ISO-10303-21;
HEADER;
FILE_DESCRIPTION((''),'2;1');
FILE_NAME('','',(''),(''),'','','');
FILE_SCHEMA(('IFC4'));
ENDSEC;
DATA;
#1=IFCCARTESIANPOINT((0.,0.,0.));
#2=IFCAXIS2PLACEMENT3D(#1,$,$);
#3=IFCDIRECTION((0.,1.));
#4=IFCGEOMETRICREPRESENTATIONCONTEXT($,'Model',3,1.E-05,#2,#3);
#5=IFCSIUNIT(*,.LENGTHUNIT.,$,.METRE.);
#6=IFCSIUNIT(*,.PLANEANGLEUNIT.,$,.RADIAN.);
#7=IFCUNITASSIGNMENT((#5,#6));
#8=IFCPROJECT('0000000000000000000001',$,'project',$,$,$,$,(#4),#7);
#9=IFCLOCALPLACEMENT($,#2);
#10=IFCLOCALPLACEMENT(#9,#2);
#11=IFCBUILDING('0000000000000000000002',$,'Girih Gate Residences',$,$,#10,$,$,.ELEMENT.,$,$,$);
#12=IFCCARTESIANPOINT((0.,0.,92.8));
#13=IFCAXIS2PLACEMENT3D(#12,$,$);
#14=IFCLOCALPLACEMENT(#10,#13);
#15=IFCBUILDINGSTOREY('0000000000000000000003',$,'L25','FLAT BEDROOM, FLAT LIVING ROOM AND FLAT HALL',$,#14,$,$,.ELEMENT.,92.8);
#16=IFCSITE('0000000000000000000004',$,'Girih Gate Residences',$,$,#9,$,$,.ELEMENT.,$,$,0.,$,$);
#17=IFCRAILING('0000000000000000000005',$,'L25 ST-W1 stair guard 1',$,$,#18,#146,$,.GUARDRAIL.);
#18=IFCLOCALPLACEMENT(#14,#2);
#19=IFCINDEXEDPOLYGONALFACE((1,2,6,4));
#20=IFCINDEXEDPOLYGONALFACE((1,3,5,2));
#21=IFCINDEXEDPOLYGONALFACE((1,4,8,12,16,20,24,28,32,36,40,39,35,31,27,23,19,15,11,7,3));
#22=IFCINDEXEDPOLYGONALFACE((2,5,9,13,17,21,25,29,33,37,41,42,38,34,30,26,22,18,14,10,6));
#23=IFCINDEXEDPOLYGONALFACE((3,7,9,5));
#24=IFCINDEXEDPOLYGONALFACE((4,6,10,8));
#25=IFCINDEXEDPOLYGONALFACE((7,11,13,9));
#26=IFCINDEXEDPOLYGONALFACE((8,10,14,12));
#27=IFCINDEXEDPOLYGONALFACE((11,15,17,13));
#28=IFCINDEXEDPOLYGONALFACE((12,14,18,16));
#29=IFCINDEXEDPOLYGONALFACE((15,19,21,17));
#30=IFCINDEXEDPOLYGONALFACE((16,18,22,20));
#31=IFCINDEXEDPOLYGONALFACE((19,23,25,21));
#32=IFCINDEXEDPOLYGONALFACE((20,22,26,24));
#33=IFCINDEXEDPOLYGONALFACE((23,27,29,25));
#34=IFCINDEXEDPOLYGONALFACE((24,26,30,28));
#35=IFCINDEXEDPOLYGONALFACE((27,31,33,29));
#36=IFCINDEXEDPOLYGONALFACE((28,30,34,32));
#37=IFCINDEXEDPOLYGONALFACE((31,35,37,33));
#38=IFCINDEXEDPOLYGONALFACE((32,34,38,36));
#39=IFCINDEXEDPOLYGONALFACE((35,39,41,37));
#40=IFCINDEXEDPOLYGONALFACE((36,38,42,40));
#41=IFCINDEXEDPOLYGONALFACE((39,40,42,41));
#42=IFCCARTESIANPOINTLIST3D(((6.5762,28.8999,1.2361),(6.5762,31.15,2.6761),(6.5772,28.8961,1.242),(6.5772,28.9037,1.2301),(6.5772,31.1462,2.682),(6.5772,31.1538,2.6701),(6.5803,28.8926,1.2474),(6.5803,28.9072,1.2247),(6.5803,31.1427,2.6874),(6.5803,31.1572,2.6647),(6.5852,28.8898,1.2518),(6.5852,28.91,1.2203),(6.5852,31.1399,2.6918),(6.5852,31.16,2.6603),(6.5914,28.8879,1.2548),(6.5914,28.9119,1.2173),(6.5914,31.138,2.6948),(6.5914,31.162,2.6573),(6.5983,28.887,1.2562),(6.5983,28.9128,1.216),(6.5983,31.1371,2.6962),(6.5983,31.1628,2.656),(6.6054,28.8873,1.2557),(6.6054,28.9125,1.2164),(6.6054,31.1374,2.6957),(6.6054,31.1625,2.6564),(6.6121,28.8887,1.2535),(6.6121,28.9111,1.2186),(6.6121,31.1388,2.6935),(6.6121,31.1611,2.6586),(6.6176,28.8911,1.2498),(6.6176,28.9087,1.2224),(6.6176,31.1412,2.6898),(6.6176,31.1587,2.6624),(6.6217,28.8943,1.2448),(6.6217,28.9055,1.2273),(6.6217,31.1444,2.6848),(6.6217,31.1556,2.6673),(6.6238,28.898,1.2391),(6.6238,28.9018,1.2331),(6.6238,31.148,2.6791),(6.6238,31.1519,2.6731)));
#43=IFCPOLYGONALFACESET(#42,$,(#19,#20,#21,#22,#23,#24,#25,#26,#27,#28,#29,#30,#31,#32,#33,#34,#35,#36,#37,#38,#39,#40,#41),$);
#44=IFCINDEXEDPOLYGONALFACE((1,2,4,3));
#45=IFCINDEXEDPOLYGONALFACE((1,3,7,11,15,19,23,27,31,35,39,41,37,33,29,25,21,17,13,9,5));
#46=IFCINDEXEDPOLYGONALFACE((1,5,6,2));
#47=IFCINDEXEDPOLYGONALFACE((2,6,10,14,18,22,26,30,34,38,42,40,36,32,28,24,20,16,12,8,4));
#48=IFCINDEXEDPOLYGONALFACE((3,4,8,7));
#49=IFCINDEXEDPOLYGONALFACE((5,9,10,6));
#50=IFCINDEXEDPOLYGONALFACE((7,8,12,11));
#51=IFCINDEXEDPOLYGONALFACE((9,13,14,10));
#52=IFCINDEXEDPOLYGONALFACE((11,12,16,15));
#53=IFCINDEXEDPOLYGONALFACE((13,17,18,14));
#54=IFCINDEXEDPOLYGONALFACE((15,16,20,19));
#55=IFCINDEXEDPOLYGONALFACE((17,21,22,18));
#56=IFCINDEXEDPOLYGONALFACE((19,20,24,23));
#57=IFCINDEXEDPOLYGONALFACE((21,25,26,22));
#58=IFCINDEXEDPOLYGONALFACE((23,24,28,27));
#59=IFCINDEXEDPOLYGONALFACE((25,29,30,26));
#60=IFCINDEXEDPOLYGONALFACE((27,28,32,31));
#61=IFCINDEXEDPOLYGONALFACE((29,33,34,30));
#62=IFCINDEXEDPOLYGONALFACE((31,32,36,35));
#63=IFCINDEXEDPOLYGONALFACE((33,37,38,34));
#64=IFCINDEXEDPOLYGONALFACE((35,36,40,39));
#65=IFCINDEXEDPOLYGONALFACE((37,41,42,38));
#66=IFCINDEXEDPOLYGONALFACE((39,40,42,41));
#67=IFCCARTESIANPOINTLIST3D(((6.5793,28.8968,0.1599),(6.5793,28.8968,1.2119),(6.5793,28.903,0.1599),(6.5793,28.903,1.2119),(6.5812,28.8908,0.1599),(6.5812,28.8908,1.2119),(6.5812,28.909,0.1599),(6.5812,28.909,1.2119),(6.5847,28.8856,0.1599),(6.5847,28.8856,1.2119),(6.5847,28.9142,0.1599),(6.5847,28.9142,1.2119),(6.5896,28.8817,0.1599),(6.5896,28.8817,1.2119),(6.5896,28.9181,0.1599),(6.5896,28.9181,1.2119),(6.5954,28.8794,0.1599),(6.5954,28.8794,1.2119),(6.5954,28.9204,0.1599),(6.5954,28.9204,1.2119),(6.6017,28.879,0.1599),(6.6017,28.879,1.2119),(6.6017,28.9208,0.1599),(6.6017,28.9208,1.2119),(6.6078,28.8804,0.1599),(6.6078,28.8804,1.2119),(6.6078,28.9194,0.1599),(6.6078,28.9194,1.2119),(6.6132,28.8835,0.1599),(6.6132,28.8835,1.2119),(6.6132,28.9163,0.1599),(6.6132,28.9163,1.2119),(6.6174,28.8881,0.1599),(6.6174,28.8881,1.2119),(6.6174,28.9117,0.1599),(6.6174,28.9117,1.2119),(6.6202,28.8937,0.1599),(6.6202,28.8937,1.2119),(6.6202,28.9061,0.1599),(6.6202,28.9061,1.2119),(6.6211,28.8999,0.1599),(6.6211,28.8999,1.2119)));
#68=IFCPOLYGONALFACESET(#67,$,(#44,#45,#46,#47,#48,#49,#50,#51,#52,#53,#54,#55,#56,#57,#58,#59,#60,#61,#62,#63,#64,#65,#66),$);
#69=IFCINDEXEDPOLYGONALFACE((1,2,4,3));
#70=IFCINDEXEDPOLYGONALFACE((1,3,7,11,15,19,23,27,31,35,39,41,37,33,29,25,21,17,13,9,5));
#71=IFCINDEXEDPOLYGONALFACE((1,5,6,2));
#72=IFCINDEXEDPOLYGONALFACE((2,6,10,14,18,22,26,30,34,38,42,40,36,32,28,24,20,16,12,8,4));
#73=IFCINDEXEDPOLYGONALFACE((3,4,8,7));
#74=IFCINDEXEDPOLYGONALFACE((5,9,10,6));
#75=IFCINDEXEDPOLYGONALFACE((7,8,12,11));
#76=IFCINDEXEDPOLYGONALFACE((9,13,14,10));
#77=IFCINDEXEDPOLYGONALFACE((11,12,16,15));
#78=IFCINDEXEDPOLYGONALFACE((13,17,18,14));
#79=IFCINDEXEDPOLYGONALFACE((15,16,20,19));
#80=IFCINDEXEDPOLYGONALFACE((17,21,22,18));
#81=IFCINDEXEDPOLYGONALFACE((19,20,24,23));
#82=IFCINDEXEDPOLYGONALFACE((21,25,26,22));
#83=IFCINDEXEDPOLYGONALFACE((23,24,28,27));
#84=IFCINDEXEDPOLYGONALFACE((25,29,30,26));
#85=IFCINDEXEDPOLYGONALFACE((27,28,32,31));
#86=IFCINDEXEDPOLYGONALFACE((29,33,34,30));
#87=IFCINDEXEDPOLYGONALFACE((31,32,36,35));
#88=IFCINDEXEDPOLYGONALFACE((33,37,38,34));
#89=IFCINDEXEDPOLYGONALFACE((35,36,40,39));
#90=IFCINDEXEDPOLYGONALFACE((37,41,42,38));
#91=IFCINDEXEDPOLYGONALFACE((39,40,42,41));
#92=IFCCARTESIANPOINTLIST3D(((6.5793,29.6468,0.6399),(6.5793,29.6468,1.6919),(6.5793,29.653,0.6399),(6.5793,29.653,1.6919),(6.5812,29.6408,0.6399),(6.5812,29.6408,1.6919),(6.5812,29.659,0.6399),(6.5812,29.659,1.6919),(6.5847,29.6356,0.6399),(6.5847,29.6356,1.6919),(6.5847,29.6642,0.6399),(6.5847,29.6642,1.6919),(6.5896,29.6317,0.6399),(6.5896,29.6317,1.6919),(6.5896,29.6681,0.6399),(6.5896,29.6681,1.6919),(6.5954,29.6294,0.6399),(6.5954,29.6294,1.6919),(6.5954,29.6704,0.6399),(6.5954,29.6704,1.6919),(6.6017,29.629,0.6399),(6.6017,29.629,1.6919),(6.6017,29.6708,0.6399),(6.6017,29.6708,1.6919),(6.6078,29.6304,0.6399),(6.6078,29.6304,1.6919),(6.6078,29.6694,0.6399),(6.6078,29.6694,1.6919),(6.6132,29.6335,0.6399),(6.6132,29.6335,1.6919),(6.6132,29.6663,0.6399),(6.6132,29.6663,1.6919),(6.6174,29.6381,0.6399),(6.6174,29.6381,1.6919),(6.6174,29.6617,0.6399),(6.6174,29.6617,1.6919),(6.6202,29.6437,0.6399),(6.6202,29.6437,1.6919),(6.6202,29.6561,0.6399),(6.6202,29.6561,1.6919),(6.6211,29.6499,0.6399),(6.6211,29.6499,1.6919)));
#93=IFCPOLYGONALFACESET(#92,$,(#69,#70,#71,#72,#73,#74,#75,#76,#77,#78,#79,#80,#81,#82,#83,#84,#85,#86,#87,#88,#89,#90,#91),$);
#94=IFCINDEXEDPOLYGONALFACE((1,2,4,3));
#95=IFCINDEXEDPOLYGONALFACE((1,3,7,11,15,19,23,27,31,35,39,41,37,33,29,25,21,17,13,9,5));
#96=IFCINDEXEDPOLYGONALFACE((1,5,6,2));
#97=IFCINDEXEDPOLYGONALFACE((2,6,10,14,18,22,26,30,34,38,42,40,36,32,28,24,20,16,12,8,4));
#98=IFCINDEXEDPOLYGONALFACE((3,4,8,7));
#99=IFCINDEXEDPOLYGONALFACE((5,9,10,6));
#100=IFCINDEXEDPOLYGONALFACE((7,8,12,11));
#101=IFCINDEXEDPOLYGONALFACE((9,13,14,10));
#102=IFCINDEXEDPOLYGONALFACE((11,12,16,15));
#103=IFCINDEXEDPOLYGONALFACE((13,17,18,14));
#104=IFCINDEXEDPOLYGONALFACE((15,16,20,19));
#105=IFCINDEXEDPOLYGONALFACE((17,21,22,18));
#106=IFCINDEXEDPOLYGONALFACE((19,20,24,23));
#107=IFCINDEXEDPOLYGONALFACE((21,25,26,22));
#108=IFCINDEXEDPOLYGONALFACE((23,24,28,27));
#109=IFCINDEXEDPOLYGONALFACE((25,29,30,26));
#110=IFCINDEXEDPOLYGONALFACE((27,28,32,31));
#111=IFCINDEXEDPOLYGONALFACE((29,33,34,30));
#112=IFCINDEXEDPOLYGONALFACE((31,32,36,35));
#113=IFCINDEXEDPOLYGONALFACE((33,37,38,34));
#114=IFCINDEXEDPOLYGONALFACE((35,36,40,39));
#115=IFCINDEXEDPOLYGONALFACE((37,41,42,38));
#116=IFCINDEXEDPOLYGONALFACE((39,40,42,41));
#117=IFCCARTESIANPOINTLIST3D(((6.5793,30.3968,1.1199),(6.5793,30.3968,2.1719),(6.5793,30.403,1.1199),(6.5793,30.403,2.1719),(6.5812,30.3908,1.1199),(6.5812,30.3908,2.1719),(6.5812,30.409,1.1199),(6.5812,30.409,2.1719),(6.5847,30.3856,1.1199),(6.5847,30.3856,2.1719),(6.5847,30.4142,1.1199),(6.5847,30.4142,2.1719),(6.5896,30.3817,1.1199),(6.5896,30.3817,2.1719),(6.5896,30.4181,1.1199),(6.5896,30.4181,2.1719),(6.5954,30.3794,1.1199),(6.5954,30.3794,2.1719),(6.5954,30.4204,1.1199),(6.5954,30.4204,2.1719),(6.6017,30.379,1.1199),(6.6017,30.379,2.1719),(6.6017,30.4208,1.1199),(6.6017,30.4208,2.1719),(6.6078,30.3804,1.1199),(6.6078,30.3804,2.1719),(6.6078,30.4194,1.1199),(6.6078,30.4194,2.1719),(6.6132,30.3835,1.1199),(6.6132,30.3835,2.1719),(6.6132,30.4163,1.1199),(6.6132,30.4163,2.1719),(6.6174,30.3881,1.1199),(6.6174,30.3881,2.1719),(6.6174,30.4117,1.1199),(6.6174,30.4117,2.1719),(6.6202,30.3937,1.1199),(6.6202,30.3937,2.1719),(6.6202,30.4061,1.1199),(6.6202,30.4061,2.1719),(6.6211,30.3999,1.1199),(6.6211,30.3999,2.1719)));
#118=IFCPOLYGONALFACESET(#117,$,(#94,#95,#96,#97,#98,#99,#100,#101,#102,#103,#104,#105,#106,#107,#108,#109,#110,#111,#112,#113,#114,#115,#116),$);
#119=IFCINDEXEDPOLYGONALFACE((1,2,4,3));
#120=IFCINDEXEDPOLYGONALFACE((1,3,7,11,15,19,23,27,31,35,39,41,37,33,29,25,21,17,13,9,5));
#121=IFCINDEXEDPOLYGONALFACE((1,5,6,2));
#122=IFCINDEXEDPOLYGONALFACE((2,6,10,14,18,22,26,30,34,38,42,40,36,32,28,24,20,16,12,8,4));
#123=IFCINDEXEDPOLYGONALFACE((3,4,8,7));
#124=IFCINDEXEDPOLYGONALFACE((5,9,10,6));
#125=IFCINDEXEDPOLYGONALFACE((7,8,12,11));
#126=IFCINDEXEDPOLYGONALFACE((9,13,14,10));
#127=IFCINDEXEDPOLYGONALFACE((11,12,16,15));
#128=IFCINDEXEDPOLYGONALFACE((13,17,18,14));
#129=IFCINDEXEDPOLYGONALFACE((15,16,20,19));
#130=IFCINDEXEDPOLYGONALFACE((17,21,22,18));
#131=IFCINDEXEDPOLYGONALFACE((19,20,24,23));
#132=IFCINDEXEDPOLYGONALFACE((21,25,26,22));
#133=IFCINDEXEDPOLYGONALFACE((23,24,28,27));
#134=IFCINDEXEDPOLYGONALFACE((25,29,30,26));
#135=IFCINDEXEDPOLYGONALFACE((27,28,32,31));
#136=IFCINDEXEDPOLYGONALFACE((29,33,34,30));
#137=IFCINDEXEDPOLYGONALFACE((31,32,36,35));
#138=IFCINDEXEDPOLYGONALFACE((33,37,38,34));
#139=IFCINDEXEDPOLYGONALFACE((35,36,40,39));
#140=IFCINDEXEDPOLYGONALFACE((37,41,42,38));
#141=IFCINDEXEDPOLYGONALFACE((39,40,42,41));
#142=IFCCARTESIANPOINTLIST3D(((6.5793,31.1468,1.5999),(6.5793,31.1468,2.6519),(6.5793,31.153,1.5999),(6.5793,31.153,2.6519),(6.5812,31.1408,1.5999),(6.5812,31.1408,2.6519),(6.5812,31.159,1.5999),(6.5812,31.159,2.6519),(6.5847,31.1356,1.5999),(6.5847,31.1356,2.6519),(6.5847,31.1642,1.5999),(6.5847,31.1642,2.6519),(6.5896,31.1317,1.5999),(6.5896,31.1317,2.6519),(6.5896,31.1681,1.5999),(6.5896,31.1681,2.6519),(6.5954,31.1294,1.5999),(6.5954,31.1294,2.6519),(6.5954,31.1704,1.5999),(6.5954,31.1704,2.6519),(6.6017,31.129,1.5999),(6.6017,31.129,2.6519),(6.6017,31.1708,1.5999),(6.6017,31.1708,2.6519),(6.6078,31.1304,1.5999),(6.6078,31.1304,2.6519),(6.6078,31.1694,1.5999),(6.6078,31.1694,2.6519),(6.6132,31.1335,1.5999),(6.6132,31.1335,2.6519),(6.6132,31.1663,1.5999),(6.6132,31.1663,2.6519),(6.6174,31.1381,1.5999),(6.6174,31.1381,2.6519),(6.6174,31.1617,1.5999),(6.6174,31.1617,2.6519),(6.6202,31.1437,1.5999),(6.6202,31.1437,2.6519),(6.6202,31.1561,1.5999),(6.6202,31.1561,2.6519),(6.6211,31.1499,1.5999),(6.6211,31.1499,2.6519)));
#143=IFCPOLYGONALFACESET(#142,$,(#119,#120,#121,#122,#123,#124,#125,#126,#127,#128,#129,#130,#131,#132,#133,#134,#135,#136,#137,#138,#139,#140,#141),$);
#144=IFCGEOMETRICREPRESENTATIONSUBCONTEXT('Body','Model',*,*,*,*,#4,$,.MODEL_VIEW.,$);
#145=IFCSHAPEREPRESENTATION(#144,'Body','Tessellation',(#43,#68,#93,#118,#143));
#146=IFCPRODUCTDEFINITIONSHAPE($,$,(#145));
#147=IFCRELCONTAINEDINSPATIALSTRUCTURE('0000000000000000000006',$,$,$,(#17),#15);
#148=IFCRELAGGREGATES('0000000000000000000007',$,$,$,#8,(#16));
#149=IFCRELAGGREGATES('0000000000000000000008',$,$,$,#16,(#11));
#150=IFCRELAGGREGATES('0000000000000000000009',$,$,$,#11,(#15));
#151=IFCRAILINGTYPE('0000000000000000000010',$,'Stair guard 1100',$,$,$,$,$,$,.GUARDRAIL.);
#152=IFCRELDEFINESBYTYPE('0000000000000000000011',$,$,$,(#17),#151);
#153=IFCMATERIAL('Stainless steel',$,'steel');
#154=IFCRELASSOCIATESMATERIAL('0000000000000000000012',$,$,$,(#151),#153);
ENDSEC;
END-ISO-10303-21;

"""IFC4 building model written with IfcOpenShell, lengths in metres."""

from ifc_helpers import new_model, si_unit, direction, frame, origin, origin_2d, place, context, subcontext, project, spatial, circle, extrude, material, type_object, element, save


model = new_model("IFC4")

# Units and contexts
model_context = context("Model", 3, precision=1e-05, world=origin(), true_north=direction((0.0, 1.0)))
body_context = subcontext(model_context, "Body", "Model", "MODEL_VIEW")
ifc_project = project(units=[si_unit("LENGTHUNIT", "METRE"), si_unit("PLANEANGLEUNIT", "RADIAN")], contexts=[model_context])

# Site, building, storey
site_placement = place(None, origin())
site = spatial("IfcSite", under=ifc_project, at=site_placement, Name="Girih Gate Residences", CompositionType="ELEMENT", RefElevation=0.0)
building_placement = place(site_placement, origin())
building = spatial("IfcBuilding", under=site, at=building_placement, Name="Girih Gate Residences", CompositionType="ELEMENT")
storey_placement = place(building_placement, frame((0.0, 0.0, 92.8)))
storey = spatial("IfcBuildingStorey", under=building, at=storey_placement, Name="L25", Description="FLAT BEDROOM, FLAT LIVING ROOM AND FLAT HALL", CompositionType="ELEMENT", Elevation=92.8)

# Railing
ifc_material_1 = material(Name="Stainless steel", Category="steel")
railing_type_1 = type_object("IfcRailingType", Name="Stair guard 1100", PredefinedType="GUARDRAIL", material=ifc_material_1)
railing_1_placement = place(storey_placement, frame((6.6001, 28.8999, 0.1599)))
element("IfcRailing", 1, at=railing_1_placement, inside=storey, type_object=railing_type_1, Name="L25 ST-W1 stair guard 1", PredefinedType="GUARDRAIL", context=body_context, shape_type="SweptSolid", body=[
    extrude(circle(Radius=0.0239, at=origin_2d()), frame((0.0, 0.0, 1.0762), z_axis=(0.0, 0.842281, 0.539038), x_axis=(-1.0, 0.0, 0.0)), (0.0, 0.0, 1.0), 2.6714),
    extrude(circle(Radius=0.021, at=origin_2d()), origin(), (0.0, 0.0, 1.0), 1.052),
    extrude(circle(Radius=0.021, at=origin_2d()), frame((0.0, 0.75, 0.48)), (0.0, 0.0, 1.0), 1.052),
    extrude(circle(Radius=0.021, at=origin_2d()), frame((0.0, 1.5, 0.96)), (0.0, 0.0, 1.0), 1.052),
    extrude(circle(Radius=0.021, at=origin_2d()), frame((0.0, 2.25, 1.4399)), (0.0, 0.0, 1.0), 1.052),
])

save(model, "model.ifc")
